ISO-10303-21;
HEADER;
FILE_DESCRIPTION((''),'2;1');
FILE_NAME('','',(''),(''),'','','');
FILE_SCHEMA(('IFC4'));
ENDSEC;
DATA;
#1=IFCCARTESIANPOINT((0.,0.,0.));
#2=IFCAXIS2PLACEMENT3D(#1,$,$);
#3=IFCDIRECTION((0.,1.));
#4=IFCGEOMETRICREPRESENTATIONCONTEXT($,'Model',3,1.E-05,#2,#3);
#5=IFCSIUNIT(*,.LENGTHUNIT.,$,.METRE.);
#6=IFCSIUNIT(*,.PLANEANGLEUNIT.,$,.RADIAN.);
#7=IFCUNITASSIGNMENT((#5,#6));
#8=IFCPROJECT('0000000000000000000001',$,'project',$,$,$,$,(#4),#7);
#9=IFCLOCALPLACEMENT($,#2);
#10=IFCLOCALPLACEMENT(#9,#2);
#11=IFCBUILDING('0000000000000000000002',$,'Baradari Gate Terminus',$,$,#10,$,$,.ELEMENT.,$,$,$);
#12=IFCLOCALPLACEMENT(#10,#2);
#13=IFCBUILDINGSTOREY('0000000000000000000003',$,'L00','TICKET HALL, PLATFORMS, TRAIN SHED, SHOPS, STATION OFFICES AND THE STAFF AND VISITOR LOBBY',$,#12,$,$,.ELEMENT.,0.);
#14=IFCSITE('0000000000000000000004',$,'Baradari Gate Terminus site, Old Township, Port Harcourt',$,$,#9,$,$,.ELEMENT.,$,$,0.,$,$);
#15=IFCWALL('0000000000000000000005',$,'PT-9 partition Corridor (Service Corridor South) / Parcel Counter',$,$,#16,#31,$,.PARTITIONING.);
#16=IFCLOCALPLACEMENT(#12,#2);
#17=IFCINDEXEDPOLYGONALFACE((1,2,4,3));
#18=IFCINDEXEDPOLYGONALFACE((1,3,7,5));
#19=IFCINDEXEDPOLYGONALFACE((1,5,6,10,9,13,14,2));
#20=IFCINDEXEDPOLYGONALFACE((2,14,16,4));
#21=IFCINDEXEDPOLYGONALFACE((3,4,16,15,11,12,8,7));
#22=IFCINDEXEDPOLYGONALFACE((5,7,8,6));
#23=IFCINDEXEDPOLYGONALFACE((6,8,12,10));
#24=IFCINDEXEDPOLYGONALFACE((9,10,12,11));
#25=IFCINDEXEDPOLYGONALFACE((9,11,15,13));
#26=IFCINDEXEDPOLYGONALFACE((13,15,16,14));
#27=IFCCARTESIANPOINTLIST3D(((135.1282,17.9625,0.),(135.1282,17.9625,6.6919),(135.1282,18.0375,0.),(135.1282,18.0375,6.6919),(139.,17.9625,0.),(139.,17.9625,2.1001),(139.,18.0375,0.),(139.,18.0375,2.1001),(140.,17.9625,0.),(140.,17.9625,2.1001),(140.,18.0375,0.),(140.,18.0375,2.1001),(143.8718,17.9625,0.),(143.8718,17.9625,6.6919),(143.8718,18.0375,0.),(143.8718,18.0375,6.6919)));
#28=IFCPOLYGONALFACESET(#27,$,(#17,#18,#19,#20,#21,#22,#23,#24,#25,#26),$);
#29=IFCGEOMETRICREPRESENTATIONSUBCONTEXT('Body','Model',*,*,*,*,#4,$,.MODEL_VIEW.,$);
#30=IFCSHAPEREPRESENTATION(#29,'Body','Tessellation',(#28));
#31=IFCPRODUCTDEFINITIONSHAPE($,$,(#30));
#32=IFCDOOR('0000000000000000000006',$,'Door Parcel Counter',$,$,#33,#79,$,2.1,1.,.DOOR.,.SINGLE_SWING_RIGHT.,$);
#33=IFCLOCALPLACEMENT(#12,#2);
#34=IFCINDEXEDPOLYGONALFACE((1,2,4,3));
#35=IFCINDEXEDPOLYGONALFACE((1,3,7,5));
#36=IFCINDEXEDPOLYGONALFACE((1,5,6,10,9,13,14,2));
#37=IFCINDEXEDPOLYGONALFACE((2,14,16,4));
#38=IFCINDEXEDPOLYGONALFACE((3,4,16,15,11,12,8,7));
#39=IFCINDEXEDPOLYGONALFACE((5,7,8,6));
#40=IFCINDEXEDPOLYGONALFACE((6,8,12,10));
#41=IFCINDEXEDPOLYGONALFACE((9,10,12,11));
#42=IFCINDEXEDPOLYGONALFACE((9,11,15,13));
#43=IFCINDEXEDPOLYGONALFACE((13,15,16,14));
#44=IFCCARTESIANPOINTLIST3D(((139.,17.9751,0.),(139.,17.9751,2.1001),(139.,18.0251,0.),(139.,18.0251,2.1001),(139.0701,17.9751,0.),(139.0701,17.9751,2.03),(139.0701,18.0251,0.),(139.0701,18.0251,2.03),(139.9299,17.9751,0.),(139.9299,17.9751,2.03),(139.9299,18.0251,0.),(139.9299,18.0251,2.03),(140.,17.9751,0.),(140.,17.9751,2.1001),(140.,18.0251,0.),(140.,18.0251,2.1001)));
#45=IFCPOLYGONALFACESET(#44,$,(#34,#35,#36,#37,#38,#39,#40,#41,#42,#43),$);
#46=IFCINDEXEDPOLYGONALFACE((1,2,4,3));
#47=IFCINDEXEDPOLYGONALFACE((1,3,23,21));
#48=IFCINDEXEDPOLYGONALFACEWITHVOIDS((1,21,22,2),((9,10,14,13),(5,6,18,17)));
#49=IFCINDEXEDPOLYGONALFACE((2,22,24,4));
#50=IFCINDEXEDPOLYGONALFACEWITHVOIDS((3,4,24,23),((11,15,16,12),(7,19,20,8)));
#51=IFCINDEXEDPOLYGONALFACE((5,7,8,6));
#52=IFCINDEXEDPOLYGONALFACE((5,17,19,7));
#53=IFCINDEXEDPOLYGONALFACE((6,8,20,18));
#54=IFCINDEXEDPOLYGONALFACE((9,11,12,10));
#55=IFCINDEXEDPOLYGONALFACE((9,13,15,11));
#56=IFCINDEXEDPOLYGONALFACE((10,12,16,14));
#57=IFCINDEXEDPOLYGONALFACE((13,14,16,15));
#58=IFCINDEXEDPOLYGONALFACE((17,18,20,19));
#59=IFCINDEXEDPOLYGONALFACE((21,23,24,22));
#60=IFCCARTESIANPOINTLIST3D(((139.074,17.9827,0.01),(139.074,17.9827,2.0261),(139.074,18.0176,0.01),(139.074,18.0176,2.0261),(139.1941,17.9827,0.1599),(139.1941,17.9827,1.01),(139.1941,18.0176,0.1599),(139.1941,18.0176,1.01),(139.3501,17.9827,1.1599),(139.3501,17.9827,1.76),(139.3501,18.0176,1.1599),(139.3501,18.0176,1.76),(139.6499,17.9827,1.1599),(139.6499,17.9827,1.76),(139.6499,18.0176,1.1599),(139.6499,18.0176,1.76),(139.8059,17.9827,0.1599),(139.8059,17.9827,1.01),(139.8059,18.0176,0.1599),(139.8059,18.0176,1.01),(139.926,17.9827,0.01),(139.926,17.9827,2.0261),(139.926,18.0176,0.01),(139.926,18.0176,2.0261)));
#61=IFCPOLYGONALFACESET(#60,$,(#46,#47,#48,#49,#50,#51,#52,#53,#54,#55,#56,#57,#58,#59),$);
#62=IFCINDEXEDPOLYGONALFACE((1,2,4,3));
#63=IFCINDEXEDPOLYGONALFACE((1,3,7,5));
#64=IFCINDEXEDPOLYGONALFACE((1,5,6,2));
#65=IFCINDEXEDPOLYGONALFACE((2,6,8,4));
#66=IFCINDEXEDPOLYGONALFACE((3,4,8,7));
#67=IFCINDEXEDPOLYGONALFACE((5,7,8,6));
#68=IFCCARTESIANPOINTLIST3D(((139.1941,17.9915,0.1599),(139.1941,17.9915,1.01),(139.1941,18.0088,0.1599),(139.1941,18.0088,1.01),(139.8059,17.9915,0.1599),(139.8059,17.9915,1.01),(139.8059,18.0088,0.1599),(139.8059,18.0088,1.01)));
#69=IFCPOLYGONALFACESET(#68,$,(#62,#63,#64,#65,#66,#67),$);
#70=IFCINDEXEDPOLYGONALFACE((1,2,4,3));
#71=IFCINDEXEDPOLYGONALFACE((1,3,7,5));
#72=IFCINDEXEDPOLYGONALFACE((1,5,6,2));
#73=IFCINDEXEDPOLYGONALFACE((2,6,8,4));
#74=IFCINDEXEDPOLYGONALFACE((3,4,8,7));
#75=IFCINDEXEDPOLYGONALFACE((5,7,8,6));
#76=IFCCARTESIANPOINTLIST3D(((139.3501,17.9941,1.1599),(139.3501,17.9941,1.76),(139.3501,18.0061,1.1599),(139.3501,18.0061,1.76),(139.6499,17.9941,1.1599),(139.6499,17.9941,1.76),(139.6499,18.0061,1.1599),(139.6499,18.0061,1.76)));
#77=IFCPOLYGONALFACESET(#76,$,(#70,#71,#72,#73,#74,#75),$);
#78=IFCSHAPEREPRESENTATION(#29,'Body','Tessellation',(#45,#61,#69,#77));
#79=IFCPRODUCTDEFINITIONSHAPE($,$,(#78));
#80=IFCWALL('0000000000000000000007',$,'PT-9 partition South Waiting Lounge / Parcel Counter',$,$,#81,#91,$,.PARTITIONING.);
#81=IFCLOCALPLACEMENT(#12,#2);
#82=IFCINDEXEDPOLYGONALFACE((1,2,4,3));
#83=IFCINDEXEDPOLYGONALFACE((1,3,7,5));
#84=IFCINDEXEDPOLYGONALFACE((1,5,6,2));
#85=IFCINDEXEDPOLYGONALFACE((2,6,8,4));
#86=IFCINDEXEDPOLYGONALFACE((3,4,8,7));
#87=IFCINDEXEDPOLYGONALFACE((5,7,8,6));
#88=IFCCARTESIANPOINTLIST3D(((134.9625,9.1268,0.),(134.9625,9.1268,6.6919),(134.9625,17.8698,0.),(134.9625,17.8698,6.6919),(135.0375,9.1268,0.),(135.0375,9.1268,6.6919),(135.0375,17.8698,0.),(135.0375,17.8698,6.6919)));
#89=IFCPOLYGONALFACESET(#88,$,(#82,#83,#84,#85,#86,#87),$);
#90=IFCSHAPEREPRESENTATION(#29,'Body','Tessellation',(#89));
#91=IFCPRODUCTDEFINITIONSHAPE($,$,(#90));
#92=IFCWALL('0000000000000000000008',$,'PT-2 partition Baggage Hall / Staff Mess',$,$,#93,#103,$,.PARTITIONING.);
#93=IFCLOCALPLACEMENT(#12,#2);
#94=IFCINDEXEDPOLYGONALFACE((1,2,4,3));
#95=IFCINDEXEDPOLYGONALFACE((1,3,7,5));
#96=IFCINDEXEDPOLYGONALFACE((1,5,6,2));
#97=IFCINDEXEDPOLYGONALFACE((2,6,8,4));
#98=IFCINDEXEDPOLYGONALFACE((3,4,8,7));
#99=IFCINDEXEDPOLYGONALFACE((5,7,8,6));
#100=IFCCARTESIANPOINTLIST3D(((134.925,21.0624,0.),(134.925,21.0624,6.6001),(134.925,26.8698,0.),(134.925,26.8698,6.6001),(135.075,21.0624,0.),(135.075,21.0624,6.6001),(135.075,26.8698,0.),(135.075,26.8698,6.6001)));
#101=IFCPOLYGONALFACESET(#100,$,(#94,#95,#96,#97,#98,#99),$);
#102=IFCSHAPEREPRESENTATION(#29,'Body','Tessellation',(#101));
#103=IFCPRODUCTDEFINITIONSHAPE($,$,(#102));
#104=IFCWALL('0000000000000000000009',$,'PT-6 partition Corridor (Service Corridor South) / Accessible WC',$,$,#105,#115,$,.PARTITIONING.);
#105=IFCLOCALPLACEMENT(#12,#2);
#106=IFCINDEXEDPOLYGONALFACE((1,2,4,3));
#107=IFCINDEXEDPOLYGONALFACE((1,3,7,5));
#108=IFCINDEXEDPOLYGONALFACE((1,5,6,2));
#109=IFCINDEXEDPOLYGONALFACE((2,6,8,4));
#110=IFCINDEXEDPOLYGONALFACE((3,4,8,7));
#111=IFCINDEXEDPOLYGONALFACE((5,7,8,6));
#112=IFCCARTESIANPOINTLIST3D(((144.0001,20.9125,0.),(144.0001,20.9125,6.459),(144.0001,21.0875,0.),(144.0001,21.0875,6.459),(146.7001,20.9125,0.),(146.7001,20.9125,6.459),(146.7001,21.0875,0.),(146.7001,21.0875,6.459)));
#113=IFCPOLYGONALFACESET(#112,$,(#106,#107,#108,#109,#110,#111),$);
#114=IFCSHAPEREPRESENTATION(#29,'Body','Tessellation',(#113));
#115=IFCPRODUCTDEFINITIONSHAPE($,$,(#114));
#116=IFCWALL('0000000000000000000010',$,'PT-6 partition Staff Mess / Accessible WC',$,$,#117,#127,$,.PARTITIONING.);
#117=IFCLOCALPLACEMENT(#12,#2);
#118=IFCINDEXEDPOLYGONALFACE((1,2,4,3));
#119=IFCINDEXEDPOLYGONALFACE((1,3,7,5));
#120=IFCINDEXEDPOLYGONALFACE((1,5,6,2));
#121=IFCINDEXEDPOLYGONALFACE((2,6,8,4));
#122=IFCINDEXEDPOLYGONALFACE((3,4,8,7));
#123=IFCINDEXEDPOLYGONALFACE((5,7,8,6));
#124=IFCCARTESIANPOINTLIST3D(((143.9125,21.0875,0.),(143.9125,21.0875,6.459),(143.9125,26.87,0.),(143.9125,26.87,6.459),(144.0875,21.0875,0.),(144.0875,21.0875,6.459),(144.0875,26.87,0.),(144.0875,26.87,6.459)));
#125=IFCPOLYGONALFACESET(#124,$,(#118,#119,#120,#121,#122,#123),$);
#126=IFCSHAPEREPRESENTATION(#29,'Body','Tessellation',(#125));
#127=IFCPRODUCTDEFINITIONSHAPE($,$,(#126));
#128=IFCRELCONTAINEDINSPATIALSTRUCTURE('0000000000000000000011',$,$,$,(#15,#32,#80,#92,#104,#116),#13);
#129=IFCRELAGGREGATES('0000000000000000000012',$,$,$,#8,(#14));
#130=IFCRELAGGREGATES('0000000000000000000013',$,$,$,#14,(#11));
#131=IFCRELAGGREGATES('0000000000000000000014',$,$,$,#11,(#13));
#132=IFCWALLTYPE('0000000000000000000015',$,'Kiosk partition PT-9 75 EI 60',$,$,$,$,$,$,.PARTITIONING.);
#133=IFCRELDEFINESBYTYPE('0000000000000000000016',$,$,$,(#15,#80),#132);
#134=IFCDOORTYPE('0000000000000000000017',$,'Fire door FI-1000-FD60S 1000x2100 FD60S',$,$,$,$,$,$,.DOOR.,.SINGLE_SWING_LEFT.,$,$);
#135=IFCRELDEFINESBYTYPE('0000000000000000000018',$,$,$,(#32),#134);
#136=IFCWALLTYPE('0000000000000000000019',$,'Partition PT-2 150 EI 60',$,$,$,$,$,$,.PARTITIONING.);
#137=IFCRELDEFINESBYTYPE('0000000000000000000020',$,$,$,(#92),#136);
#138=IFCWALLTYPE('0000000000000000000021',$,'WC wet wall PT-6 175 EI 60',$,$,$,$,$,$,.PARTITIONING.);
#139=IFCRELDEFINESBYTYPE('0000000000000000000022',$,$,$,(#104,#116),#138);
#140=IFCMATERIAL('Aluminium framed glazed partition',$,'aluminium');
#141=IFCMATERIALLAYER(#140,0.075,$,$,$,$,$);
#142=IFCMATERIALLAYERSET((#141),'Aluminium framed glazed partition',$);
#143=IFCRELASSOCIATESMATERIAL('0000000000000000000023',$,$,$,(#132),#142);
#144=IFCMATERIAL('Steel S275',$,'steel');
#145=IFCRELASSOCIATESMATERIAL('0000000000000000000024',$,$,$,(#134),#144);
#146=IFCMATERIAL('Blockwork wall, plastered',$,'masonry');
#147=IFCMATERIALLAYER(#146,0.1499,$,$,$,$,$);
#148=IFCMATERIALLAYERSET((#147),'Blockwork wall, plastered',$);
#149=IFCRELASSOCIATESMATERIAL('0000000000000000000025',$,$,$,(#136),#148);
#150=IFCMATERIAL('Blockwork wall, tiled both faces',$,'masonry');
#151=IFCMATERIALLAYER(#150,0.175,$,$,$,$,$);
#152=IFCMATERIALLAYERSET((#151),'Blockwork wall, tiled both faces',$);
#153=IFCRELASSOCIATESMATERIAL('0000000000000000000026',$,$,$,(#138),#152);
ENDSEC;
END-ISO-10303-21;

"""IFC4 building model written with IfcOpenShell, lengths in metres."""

from ifc_helpers import new_model, si_unit, direction, frame, frame_2d, origin, place, context, subcontext, project, spatial, polyline, rectangle, outline, extrude, material, layer, layer_set, type_object, element, fill, save


model = new_model("IFC4")

# Units and contexts
model_context = context("Model", 3, precision=1e-05, world=origin(), true_north=direction((0.0, 1.0)))
body_context = subcontext(model_context, "Body", "Model", "MODEL_VIEW")
ifc_project = project(units=[si_unit("LENGTHUNIT", "METRE"), si_unit("PLANEANGLEUNIT", "RADIAN")], contexts=[model_context])

# Site, building, storey
site_placement = place(None, origin())
site = spatial("IfcSite", under=ifc_project, at=site_placement, Name="Baradari Gate Terminus site, Old Township, Port Harcourt", CompositionType="ELEMENT", RefElevation=0.0)
building_placement = place(site_placement, origin())
building = spatial("IfcBuilding", under=site, at=building_placement, Name="Baradari Gate Terminus", CompositionType="ELEMENT")
storey_placement = place(building_placement, origin())
storey = spatial("IfcBuildingStorey", under=building, at=storey_placement, Name="L00", Description="TICKET HALL, PLATFORMS, TRAIN SHED, SHOPS, STATION OFFICES AND THE STAFF AND VISITOR LOBBY", CompositionType="ELEMENT", Elevation=0.0)

# Wall, opening, door
ifc_material_1 = material(Name="Aluminium framed glazed partition", Category="aluminium")
ifc_layer_1 = layer(ifc_material_1, 0.075)
ifc_layer_set_1 = layer_set([ifc_layer_1], Name="Aluminium framed glazed partition")
wall_type_1 = type_object("IfcWallType", Name="Kiosk partition PT-9 75 EI 60", PredefinedType="PARTITIONING", material=ifc_layer_set_1)
wall_1_placement = place(storey_placement, frame((143.8718, 18.0, 0.0), z_axis=(0.0, 0.0, 1.0), x_axis=(-1.0, 0.0, 0.0)))
wall_1 = element("IfcWall", 1, at=wall_1_placement, inside=storey, type_object=wall_type_1, Name="PT-9 partition Corridor (Service Corridor South) / Parcel Counter", PredefinedType="PARTITIONING", context=body_context, shape_type="SweptSolid", body=[
    extrude(rectangle(XDim=8.7437, YDim=0.075, at=frame_2d((4.3718, 0.0))), origin(), (0.0, 0.0, 1.0), 6.6919),
])
opening_placement = place(wall_1_placement, frame((3.8718, 0.0, 0.0)))
opening = element("IfcOpeningElement", 2, at=opening_placement, cuts=wall_1, PredefinedType="OPENING", context=body_context, shape_type="SweptSolid", body=[
    extrude(rectangle(XDim=1.0, YDim=2.1001, at=frame_2d((0.5, 1.05))), frame((0.0, 0.0474, 0.0), z_axis=(0.0, -1.0, 0.0), x_axis=(1.0, 0.0, 0.0)), (0.0, 0.0, 1.0), 0.095),
])
ifc_material_2 = material(Name="Steel S275", Category="steel")
door_type = type_object("IfcDoorType", Name="Fire door FI-1000-FD60S 1000x2100 FD60S", OperationType="SINGLE_SWING_LEFT", PredefinedType="DOOR", material=ifc_material_2)
door_placement = place(opening_placement, origin())
door = element("IfcDoor", 3, at=door_placement, inside=storey, type_object=door_type, Name="Door Parcel Counter", OperationType="SINGLE_SWING_RIGHT", OverallHeight=2.1, OverallWidth=1.0, PredefinedType="DOOR", context=body_context, shape_type="SweptSolid", body=[
    extrude(outline(polyline([(0.0, 0.0), (0.0701, 0.0), (0.0701, 2.03), (0.9299, 2.03), (0.9299, 0.0), (1.0, 0.0), (1.0, 2.1001), (0.0, 2.1001), (0.0, 0.0)])), frame((0.0, 0.0249, 0.0), z_axis=(0.0, -1.0, 0.0), x_axis=(1.0, 0.0, 0.0)), (0.0, 0.0, 1.0), 0.05),
    extrude(outline(polyline([(0.074, 0.01), (0.926, 0.01), (0.926, 2.0261), (0.074, 2.0261), (0.074, 0.01)]), holes=[polyline([(0.1941, 0.1599), (0.8059, 0.1599), (0.8059, 1.01), (0.1941, 1.01), (0.1941, 0.1599)]), polyline([(0.3501, 1.1599), (0.6499, 1.1599), (0.6499, 1.76), (0.3501, 1.76), (0.3501, 1.1599)])]), frame((0.0, 0.0173, 0.0), z_axis=(0.0, -1.0, 0.0), x_axis=(1.0, 0.0, 0.0)), (0.0, 0.0, 1.0), 0.0349),
    extrude(rectangle(XDim=0.6118, YDim=0.8501, at=frame_2d((0.5, 0.585))), frame((0.0, 0.0085, 0.0), z_axis=(0.0, -1.0, 0.0), x_axis=(1.0, 0.0, 0.0)), (0.0, 0.0, 1.0), 0.0173),
    extrude(rectangle(XDim=0.2998, YDim=0.6001, at=frame_2d((0.5, 1.46))), frame((0.0, 0.0059, 0.0), z_axis=(0.0, -1.0, 0.0), x_axis=(1.0, 0.0, 0.0)), (0.0, 0.0, 1.0), 0.012),
])
fill(opening, door)

# Walls
wall_2_placement = place(storey_placement, frame((135.0, 17.8699, 0.0), z_axis=(0.0, 0.0, 1.0), x_axis=(0.0, -1.0, 0.0)))
element("IfcWall", 4, at=wall_2_placement, inside=storey, type_object=wall_type_1, Name="PT-9 partition South Waiting Lounge / Parcel Counter", PredefinedType="PARTITIONING", context=body_context, shape_type="SweptSolid", body=[
    extrude(rectangle(XDim=8.7429, YDim=0.075, at=frame_2d((4.3716, 0.0))), origin(), (0.0, 0.0, 1.0), 6.6919),
])
ifc_material_3 = material(Name="Blockwork wall, plastered", Category="masonry")
ifc_layer_2 = layer(ifc_material_3, 0.1499)
ifc_layer_set_2 = layer_set([ifc_layer_2], Name="Blockwork wall, plastered")
wall_type_2 = type_object("IfcWallType", Name="Partition PT-2 150 EI 60", PredefinedType="PARTITIONING", material=ifc_layer_set_2)
wall_3_placement = place(storey_placement, frame((135.0, 26.8699, 0.0), z_axis=(0.0, 0.0, 1.0), x_axis=(0.0, -1.0, 0.0)))
element("IfcWall", 5, at=wall_3_placement, inside=storey, type_object=wall_type_2, Name="PT-2 partition Baggage Hall / Staff Mess", PredefinedType="PARTITIONING", context=body_context, shape_type="SweptSolid", body=[
    extrude(rectangle(XDim=5.8074, YDim=0.1499, at=frame_2d((2.9038, 0.0))), origin(), (0.0, 0.0, 1.0), 6.6001),
])
ifc_material_4 = material(Name="Blockwork wall, tiled both faces", Category="masonry")
ifc_layer_3 = layer(ifc_material_4, 0.175)
ifc_layer_set_3 = layer_set([ifc_layer_3], Name="Blockwork wall, tiled both faces")
wall_type_3 = type_object("IfcWallType", Name="WC wet wall PT-6 175 EI 60", PredefinedType="PARTITIONING", material=ifc_layer_set_3)
wall_4_placement = place(storey_placement, frame((144.0, 21.0, 0.0), z_axis=(0.0, 0.0, 1.0), x_axis=(1.0, 0.0, 0.0)))
element("IfcWall", 6, at=wall_4_placement, inside=storey, type_object=wall_type_3, Name="PT-6 partition Corridor (Service Corridor South) / Accessible WC", PredefinedType="PARTITIONING", context=body_context, shape_type="SweptSolid", body=[
    extrude(rectangle(XDim=2.7, YDim=0.175, at=frame_2d((1.3501, 0.0))), origin(), (0.0, 0.0, 1.0), 6.459),
])
wall_5_placement = place(storey_placement, frame((144.0, 26.8699, 0.0), z_axis=(0.0, 0.0, 1.0), x_axis=(0.0, -1.0, 0.0)))
element("IfcWall", 7, at=wall_5_placement, inside=storey, type_object=wall_type_3, Name="PT-6 partition Staff Mess / Accessible WC", PredefinedType="PARTITIONING", context=body_context, shape_type="SweptSolid", body=[
    extrude(rectangle(XDim=5.7825, YDim=0.175, at=frame_2d((2.8911, 0.0))), origin(), (0.0, 0.0, 1.0), 6.459),
])

save(model, "model.ifc")
